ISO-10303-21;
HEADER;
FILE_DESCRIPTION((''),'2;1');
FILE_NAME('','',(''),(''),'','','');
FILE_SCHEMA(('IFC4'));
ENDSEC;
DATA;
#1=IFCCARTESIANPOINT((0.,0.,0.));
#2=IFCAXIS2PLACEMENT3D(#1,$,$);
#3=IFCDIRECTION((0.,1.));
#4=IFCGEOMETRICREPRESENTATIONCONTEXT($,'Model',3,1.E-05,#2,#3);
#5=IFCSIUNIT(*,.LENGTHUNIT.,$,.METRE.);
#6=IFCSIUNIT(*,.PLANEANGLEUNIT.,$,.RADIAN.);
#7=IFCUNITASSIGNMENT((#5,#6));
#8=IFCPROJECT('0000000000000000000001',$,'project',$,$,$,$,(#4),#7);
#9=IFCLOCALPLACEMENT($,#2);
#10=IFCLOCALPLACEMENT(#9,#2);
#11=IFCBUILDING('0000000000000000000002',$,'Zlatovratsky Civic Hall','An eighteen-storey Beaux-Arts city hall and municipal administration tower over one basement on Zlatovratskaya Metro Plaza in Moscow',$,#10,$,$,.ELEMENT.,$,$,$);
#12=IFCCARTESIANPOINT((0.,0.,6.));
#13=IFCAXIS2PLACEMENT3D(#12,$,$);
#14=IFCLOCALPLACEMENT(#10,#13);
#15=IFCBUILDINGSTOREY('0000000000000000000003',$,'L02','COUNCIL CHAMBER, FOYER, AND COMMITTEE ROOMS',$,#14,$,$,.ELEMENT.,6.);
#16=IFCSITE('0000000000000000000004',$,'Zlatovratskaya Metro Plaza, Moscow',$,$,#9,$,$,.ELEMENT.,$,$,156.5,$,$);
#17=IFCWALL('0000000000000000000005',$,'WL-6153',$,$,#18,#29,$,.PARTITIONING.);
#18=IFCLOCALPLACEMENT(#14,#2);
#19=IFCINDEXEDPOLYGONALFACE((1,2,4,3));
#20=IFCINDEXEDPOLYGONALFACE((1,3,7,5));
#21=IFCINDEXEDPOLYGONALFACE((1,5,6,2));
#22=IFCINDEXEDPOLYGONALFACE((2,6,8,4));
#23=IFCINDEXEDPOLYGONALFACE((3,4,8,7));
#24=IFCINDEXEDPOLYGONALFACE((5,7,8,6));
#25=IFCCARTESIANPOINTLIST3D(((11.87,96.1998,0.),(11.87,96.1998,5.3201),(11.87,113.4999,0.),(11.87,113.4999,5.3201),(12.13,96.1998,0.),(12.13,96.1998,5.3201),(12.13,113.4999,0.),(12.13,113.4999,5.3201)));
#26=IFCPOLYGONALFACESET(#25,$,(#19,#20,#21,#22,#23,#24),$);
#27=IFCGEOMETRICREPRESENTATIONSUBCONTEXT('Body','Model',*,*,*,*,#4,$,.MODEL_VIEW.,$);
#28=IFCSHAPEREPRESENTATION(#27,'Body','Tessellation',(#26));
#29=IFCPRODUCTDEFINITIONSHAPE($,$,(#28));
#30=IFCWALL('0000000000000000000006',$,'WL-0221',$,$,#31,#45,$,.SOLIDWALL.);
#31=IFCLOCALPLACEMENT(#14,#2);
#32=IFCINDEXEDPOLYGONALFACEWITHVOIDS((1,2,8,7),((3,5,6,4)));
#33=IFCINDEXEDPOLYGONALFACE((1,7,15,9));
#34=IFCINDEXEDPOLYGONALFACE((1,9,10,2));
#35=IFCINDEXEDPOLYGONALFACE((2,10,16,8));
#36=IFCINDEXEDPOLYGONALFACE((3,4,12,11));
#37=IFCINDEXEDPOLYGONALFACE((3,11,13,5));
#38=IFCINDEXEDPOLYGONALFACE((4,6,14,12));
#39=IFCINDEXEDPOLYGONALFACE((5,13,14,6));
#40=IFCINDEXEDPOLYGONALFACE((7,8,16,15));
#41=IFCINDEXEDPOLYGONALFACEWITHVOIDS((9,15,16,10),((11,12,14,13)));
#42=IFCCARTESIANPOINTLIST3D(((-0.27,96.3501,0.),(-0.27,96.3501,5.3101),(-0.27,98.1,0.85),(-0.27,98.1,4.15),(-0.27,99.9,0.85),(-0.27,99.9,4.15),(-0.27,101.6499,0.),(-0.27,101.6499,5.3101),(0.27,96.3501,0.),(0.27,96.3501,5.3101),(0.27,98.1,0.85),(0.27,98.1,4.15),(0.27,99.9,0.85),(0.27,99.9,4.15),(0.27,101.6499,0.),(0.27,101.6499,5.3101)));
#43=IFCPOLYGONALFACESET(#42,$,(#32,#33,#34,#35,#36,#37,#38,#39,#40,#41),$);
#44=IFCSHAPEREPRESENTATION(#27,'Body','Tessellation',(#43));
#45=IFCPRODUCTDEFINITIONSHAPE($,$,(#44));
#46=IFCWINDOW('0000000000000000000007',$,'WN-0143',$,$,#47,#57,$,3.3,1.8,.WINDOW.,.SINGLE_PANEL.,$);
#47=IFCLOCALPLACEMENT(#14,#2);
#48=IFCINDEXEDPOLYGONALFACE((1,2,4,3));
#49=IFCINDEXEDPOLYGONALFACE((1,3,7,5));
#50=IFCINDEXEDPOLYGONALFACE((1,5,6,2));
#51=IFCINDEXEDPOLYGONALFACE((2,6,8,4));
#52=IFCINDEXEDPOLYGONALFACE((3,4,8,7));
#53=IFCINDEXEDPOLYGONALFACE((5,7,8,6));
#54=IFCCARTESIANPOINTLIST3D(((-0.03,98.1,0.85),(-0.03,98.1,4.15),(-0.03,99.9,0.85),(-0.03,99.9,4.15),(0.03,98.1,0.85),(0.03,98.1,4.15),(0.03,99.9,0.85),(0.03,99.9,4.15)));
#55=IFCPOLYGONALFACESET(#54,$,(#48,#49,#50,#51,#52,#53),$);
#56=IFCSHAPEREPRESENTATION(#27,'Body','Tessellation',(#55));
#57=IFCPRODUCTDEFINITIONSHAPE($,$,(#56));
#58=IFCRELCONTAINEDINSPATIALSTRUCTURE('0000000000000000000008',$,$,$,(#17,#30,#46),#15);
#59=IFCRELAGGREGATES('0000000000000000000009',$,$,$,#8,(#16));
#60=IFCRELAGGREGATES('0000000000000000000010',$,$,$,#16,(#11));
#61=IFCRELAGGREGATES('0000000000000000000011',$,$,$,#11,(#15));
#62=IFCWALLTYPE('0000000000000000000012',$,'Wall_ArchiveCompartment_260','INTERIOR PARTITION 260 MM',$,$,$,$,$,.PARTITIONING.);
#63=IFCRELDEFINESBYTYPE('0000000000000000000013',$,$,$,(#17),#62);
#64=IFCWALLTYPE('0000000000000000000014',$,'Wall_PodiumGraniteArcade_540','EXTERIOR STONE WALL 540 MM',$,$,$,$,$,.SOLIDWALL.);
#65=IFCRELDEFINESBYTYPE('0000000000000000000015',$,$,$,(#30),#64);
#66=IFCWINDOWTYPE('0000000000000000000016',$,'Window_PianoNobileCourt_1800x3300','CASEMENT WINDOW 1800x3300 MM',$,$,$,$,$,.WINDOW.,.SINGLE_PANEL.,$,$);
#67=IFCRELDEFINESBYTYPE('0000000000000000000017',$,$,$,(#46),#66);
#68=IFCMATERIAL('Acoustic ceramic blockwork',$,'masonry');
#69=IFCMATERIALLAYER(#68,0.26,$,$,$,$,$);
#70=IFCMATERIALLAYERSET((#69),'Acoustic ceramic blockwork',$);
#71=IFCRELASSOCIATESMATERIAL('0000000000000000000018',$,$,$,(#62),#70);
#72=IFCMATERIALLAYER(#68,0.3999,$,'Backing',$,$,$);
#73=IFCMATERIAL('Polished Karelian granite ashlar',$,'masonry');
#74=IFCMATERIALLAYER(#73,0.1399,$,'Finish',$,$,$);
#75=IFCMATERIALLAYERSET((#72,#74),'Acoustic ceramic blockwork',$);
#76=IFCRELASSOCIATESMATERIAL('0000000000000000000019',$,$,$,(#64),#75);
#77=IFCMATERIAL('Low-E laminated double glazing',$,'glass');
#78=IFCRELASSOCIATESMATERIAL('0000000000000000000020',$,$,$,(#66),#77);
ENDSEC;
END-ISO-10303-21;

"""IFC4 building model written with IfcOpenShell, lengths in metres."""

from ifc_helpers import new_model, si_unit, direction, frame, frame_2d, origin, place, context, subcontext, project, spatial, rectangle, extrude, material, layer, layer_set, type_object, element, fill, save


model = new_model("IFC4")

# Units and contexts
model_context = context("Model", 3, precision=1e-05, world=origin(), true_north=direction((0.0, 1.0)))
body_context = subcontext(model_context, "Body", "Model", "MODEL_VIEW")
ifc_project = project(units=[si_unit("LENGTHUNIT", "METRE"), si_unit("PLANEANGLEUNIT", "RADIAN")], contexts=[model_context])

# Site, building, storey
site_placement = place(None, origin())
site = spatial("IfcSite", under=ifc_project, at=site_placement, Name="Zlatovratskaya Metro Plaza, Moscow", CompositionType="ELEMENT", RefElevation=156.5)
building_placement = place(site_placement, origin())
building = spatial("IfcBuilding", under=site, at=building_placement, Name="Zlatovratsky Civic Hall", Description="An eighteen-storey Beaux-Arts city hall and municipal administration tower over one basement on Zlatovratskaya Metro Plaza in Moscow", CompositionType="ELEMENT")
storey_placement = place(building_placement, frame((0.0, 0.0, 6.0)))
storey = spatial("IfcBuildingStorey", under=building, at=storey_placement, Name="L02", Description="COUNCIL CHAMBER, FOYER, AND COMMITTEE ROOMS", CompositionType="ELEMENT", Elevation=6.0)

# Wall
ifc_material_1 = material(Name="Acoustic ceramic blockwork", Category="masonry")
ifc_layer_1 = layer(ifc_material_1, 0.26)
ifc_layer_set_1 = layer_set([ifc_layer_1], Name="Acoustic ceramic blockwork")
wall_type_1 = type_object("IfcWallType", Name="Wall_ArchiveCompartment_260", Description="INTERIOR PARTITION 260 MM", PredefinedType="PARTITIONING", material=ifc_layer_set_1)
wall_1_placement = place(storey_placement, frame((12.0, 96.2, 0.0), z_axis=(0.0, 0.0, 1.0), x_axis=(0.0, 1.0, 0.0)))
element("IfcWall", 1, at=wall_1_placement, inside=storey, type_object=wall_type_1, Name="WL-6153", PredefinedType="PARTITIONING", context=body_context, shape_type="SweptSolid", body=[
    extrude(rectangle(XDim=17.3, YDim=0.26, at=frame_2d((8.6499, 0.0))), origin(), (0.0, 0.0, 1.0), 5.3201),
])

# Wall, opening, window
ifc_layer_2 = layer(ifc_material_1, 0.3999, Name="Backing")
ifc_material_2 = material(Name="Polished Karelian granite ashlar", Category="masonry")
ifc_layer_3 = layer(ifc_material_2, 0.1399, Name="Finish")
ifc_layer_set_2 = layer_set([ifc_layer_2, ifc_layer_3], Name="Acoustic ceramic blockwork")
wall_type_2 = type_object("IfcWallType", Name="Wall_PodiumGraniteArcade_540", Description="EXTERIOR STONE WALL 540 MM", PredefinedType="SOLIDWALL", material=ifc_layer_set_2)
wall_2_placement = place(storey_placement, frame((0.0, 96.3501, 0.0), z_axis=(0.0, 0.0, 1.0), x_axis=(0.0, 1.0, 0.0)))
wall_2 = element("IfcWall", 2, at=wall_2_placement, inside=storey, type_object=wall_type_2, Name="WL-0221", PredefinedType="SOLIDWALL", context=body_context, shape_type="SweptSolid", body=[
    extrude(rectangle(XDim=5.2998, YDim=0.54, at=frame_2d((2.6499, 0.0))), origin(), (0.0, 0.0, 1.0), 5.3101),
])
opening_placement = place(wall_2_placement, frame((1.75, 0.0, 0.8501)))
opening = element("IfcOpeningElement", 3, at=opening_placement, cuts=wall_2, PredefinedType="OPENING", context=body_context, shape_type="SweptSolid", body=[
    extrude(rectangle(XDim=1.8, YDim=3.3, at=frame_2d((0.8999, 1.6499))), frame((0.0, 0.2849, 0.0), z_axis=(0.0, -1.0, 0.0), x_axis=(1.0, 0.0, 0.0)), (0.0, 0.0, 1.0), 0.5698),
])
ifc_material_3 = material(Name="Low-E laminated double glazing", Category="glass")
window_type = type_object("IfcWindowType", Name="Window_PianoNobileCourt_1800x3300", Description="CASEMENT WINDOW 1800x3300 MM", PartitioningType="SINGLE_PANEL", PredefinedType="WINDOW", material=ifc_material_3)
window_placement = place(opening_placement, origin())
window = element("IfcWindow", 4, at=window_placement, inside=storey, type_object=window_type, Name="WN-0143", OverallHeight=3.3, OverallWidth=1.8, PartitioningType="SINGLE_PANEL", PredefinedType="WINDOW", context=body_context, shape_type="SweptSolid", body=[
    extrude(rectangle(XDim=1.8, YDim=3.3, at=frame_2d((0.8999, 1.6499))), frame((0.0, 0.03, 0.0), z_axis=(0.0, -1.0, 0.0), x_axis=(1.0, 0.0, 0.0)), (0.0, 0.0, 1.0), 0.0601),
])
fill(opening, window)

save(model, "model.ifc")
